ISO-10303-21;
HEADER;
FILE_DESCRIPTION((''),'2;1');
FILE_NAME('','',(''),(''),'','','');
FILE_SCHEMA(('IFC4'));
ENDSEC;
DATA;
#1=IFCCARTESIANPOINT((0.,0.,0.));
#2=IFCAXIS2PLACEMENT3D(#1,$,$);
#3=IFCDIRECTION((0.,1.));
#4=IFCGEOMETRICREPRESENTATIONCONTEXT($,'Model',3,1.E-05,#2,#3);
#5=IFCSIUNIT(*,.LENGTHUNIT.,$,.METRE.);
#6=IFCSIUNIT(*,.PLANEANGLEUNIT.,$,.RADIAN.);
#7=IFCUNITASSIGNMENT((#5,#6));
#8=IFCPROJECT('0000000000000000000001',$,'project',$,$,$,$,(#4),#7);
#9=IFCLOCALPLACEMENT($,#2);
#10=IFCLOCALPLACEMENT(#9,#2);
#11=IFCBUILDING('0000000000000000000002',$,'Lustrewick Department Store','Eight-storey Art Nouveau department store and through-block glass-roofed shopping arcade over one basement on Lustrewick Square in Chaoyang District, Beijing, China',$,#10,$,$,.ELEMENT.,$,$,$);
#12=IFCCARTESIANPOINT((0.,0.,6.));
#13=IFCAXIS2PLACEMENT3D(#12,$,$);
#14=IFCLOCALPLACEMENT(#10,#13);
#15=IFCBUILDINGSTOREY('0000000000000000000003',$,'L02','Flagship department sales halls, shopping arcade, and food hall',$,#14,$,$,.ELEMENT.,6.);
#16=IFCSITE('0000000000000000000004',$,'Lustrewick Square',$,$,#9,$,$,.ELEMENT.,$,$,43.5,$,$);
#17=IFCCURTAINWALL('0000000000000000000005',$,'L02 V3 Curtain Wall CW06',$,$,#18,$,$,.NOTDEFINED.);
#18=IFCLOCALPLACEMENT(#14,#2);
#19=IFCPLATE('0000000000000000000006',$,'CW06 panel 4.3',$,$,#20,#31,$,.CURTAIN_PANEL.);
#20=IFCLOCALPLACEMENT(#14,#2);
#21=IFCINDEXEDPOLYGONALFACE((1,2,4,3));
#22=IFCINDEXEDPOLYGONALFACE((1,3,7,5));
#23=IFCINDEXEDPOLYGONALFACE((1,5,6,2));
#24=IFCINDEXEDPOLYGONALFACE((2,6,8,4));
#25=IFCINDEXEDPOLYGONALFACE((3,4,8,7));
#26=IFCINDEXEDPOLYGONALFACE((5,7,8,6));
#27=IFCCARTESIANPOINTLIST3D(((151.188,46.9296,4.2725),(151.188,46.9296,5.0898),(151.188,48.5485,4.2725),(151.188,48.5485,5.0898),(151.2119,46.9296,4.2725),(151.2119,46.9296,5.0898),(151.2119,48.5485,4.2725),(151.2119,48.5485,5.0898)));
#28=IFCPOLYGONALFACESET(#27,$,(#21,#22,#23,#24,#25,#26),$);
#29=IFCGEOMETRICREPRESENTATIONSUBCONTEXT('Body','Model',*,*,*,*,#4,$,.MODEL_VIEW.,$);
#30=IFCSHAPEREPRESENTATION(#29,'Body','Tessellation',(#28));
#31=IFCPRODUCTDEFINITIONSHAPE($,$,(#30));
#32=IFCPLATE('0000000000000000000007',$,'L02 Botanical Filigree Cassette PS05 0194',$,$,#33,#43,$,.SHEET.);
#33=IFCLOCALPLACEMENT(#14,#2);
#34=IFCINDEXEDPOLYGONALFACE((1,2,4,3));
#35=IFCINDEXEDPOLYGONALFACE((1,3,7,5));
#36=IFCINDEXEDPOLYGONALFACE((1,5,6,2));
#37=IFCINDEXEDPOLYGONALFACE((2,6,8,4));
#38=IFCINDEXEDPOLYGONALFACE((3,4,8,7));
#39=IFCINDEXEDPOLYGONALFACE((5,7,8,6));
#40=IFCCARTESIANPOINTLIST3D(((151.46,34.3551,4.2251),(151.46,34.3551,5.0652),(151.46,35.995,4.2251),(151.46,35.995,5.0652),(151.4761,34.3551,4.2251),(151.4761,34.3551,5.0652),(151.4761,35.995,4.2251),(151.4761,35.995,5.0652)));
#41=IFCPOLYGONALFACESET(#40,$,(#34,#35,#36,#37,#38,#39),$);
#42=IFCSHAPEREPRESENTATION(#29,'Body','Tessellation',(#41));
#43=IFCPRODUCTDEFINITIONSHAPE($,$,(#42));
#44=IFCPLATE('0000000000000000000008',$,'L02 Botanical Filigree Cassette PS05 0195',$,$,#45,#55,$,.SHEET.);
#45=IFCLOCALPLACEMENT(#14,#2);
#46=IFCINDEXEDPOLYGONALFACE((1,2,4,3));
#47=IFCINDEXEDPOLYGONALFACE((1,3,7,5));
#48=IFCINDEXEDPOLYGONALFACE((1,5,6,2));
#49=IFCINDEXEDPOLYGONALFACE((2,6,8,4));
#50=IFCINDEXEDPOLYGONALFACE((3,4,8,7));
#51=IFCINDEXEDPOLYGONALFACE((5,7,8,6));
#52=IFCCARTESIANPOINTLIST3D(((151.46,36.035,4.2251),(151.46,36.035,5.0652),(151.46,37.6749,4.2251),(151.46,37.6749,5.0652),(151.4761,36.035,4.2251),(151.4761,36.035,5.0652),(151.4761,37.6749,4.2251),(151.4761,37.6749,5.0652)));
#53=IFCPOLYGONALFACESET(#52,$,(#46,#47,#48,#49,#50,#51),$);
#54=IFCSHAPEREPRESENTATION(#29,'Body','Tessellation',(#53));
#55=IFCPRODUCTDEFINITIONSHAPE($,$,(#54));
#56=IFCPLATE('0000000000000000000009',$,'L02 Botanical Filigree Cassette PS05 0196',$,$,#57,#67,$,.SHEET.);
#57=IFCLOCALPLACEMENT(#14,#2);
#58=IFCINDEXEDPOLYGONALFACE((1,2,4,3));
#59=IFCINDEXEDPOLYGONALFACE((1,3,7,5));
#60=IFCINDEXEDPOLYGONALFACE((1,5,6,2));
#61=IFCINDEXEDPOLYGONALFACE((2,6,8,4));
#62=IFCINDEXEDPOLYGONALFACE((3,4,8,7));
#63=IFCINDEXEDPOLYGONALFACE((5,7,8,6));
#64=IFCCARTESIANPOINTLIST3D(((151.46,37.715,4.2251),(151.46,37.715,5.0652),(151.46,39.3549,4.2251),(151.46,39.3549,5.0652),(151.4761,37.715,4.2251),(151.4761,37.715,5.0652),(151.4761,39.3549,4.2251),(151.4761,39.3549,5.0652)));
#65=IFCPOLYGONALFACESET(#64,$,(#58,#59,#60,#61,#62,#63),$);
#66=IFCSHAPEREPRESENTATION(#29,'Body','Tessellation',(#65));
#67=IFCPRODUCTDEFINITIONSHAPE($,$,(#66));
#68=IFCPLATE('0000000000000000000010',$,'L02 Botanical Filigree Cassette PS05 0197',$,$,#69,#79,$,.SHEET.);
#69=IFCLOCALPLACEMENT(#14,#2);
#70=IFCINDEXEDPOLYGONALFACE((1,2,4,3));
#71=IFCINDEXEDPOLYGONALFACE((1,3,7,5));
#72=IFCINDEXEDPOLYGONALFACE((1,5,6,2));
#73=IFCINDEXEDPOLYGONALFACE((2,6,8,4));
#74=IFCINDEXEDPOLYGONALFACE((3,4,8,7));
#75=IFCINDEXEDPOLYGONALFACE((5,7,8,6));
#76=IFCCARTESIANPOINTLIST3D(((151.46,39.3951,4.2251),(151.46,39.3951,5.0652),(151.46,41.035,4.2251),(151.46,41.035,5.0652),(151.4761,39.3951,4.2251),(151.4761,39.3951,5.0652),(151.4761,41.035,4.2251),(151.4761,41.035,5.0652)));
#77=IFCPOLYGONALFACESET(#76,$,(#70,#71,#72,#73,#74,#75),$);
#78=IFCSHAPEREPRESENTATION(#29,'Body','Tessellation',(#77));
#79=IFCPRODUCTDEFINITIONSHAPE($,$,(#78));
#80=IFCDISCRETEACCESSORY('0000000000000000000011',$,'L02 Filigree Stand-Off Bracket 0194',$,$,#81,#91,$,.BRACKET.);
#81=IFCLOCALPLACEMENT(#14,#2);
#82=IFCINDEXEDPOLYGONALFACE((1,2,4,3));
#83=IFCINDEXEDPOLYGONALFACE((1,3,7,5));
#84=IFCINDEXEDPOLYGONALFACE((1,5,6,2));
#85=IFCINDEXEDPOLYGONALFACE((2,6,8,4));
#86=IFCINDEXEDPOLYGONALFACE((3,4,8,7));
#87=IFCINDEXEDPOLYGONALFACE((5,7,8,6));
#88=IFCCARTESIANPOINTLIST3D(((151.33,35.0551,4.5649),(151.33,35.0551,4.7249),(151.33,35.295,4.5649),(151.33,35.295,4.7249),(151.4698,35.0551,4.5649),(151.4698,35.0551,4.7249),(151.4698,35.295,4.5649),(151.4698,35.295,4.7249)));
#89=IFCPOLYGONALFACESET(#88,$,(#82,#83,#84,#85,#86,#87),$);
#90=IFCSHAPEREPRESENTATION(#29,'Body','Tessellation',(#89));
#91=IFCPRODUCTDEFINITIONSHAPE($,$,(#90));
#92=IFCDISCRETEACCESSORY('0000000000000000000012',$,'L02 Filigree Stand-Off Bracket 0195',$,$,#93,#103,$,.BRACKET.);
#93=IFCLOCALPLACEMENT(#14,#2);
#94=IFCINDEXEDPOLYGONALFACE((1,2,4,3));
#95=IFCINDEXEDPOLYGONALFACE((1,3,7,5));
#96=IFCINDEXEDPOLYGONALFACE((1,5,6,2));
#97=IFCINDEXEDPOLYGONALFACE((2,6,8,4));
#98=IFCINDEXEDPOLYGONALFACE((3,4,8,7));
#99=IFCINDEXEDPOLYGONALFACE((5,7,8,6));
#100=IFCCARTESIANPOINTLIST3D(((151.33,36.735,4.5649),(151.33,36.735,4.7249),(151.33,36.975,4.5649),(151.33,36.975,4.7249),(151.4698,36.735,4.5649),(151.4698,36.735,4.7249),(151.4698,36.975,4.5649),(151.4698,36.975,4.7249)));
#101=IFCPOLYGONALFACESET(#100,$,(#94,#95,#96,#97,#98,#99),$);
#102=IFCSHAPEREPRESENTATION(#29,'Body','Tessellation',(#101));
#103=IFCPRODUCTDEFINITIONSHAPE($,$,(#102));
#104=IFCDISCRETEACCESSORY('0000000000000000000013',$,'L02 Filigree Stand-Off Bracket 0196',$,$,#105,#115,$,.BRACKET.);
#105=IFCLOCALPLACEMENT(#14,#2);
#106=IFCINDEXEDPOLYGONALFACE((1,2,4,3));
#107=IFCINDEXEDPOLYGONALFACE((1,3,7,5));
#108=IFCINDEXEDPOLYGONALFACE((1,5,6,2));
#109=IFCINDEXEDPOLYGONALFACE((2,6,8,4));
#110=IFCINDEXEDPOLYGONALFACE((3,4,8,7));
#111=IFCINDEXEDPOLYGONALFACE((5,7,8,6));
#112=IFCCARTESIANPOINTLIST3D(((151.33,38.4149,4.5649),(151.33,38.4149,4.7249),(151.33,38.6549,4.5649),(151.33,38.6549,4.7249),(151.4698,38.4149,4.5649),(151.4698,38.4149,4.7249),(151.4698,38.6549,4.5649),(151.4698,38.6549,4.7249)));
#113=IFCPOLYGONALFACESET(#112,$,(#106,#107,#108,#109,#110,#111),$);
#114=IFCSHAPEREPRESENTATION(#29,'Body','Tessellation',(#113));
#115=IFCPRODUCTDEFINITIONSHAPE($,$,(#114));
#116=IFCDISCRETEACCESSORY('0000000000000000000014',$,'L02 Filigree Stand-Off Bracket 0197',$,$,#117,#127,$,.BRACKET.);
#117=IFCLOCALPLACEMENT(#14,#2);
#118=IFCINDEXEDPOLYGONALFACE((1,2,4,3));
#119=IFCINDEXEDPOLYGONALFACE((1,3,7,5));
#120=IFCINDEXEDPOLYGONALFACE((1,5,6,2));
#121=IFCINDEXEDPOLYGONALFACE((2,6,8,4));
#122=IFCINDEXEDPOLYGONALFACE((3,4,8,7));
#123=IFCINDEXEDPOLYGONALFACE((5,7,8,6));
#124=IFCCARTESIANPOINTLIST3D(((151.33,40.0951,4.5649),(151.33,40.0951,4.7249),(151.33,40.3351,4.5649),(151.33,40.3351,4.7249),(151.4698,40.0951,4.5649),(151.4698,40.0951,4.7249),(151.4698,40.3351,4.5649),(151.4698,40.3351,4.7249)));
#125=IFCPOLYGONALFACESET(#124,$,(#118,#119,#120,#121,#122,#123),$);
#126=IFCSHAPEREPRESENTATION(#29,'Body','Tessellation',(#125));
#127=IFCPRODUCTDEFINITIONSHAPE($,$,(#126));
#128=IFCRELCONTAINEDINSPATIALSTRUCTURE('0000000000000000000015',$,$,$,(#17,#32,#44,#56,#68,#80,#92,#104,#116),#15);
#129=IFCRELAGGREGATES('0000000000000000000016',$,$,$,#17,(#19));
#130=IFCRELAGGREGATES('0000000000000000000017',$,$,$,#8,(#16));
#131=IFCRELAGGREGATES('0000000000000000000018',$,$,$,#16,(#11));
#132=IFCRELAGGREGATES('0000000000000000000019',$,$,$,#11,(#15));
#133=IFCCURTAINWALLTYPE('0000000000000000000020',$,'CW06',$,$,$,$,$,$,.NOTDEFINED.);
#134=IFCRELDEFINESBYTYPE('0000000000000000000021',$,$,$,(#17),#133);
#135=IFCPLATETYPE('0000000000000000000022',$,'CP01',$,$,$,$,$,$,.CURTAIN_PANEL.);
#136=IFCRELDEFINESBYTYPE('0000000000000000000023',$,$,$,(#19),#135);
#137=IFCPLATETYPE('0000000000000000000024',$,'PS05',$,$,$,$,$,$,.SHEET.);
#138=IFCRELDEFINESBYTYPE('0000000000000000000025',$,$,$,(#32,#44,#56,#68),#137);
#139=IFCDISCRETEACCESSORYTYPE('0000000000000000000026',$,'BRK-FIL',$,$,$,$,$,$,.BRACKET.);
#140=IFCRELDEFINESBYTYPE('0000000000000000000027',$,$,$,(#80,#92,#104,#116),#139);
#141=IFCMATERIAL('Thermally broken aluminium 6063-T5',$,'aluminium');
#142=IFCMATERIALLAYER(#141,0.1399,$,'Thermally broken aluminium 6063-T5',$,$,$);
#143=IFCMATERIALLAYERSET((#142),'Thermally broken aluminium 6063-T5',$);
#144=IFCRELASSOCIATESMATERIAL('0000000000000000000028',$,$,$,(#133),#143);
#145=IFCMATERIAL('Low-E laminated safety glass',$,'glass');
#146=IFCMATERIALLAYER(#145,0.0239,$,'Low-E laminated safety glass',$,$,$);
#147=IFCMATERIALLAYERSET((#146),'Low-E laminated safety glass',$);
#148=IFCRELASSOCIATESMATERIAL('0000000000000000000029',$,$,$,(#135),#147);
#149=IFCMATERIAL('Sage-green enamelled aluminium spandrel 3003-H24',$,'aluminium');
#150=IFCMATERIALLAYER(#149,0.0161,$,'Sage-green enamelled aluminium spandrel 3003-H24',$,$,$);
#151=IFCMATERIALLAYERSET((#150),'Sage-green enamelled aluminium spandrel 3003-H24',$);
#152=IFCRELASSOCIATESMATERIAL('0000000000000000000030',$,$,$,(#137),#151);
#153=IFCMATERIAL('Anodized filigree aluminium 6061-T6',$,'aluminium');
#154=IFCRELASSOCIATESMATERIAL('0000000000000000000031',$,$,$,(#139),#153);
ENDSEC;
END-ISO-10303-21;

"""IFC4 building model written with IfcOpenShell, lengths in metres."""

from ifc_helpers import new_model, si_unit, direction, frame, origin, origin_2d, place, context, subcontext, project, spatial, rectangle, extrude, material, layer, layer_set, type_object, element, aggregate, save


model = new_model("IFC4")

# Units and contexts
model_context = context("Model", 3, precision=1e-05, world=origin(), true_north=direction((0.0, 1.0)))
body_context = subcontext(model_context, "Body", "Model", "MODEL_VIEW")
ifc_project = project(units=[si_unit("LENGTHUNIT", "METRE"), si_unit("PLANEANGLEUNIT", "RADIAN")], contexts=[model_context])

# Site, building, storey
site_placement = place(None, origin())
site = spatial("IfcSite", under=ifc_project, at=site_placement, Name="Lustrewick Square", CompositionType="ELEMENT", RefElevation=43.5)
building_placement = place(site_placement, origin())
building = spatial("IfcBuilding", under=site, at=building_placement, Name="Lustrewick Department Store", Description="Eight-storey Art Nouveau department store and through-block glass-roofed shopping arcade over one basement on Lustrewick Square in Chaoyang District, Beijing, China", CompositionType="ELEMENT")
storey_placement = place(building_placement, frame((0.0, 0.0, 6.0)))
storey = spatial("IfcBuildingStorey", under=building, at=storey_placement, Name="L02", Description="Flagship department sales halls, shopping arcade, and food hall", CompositionType="ELEMENT", Elevation=6.0)

# Curtain wall, plate
ifc_material_1 = material(Name="Thermally broken aluminium 6063-T5", Category="aluminium")
ifc_layer_1 = layer(ifc_material_1, 0.1399, Name="Thermally broken aluminium 6063-T5")
ifc_layer_set_1 = layer_set([ifc_layer_1], Name="Thermally broken aluminium 6063-T5")
curtain_wall_type = type_object("IfcCurtainWallType", Name="CW06", PredefinedType="NOTDEFINED", material=ifc_layer_set_1)
curtain_wall_placement = place(storey_placement, origin())
curtain_wall = element("IfcCurtainWall", 1, at=curtain_wall_placement, inside=storey, type_object=curtain_wall_type, Name="L02 V3 Curtain Wall CW06", PredefinedType="NOTDEFINED")
ifc_material_2 = material(Name="Low-E laminated safety glass", Category="glass")
ifc_layer_2 = layer(ifc_material_2, 0.0239, Name="Low-E laminated safety glass")
ifc_layer_set_2 = layer_set([ifc_layer_2], Name="Low-E laminated safety glass")
plate_type_1 = type_object("IfcPlateType", Name="CP01", PredefinedType="CURTAIN_PANEL", material=ifc_layer_set_2)
plate_1_placement = place(storey_placement, frame((151.2, 47.739, 4.2725), z_axis=(0.0, 0.0, 1.0), x_axis=(0.0, 1.0, 0.0)))
plate_1 = element("IfcPlate", 2, at=plate_1_placement, type_object=plate_type_1, Name="CW06 panel 4.3", PredefinedType="CURTAIN_PANEL", context=body_context, shape_type="SweptSolid", body=[
    extrude(rectangle(XDim=1.6189, YDim=0.0239, at=origin_2d()), origin(), (0.0, 0.0, 1.0), 0.8174),
])
aggregate(curtain_wall, [plate_1])

# Plates
ifc_material_3 = material(Name="Sage-green enamelled aluminium spandrel 3003-H24", Category="aluminium")
ifc_layer_3 = layer(ifc_material_3, 0.0161, Name="Sage-green enamelled aluminium spandrel 3003-H24")
ifc_layer_set_3 = layer_set([ifc_layer_3], Name="Sage-green enamelled aluminium spandrel 3003-H24")
plate_type_2 = type_object("IfcPlateType", Name="PS05", PredefinedType="SHEET", material=ifc_layer_set_3)
for number, where, z_axis, x_axis, name in (
    (3, (151.468, 35.175, 4.2251), (0.0, 0.0, 1.0), (0.0, 1.0, 0.0), "L02 Botanical Filigree Cassette PS05 0194"),
    (4, (151.468, 36.855, 4.2251), (0.0, 0.0, 1.0), (0.0, 1.0, 0.0), "L02 Botanical Filigree Cassette PS05 0195"),
    (5, (151.468, 38.5349, 4.2251), (0.0, 0.0, 1.0), (0.0, 1.0, 0.0), "L02 Botanical Filigree Cassette PS05 0196"),
    (6, (151.468, 40.2151, 4.2251), (0.0, 0.0, 1.0), (0.0, 1.0, 0.0), "L02 Botanical Filigree Cassette PS05 0197"),
):
    element("IfcPlate", number, at=place(storey_placement, frame(where, z_axis=z_axis, x_axis=x_axis)), inside=storey, type_object=plate_type_2, Name=name, PredefinedType="SHEET", context=body_context, shape_type="SweptSolid", body=[
        extrude(rectangle(XDim=1.6399, YDim=0.0161, at=origin_2d()), origin(), (0.0, 0.0, 1.0), 0.8401),
    ])

# Discrete accessories
ifc_material_4 = material(Name="Anodized filigree aluminium 6061-T6", Category="aluminium")
discrete_accessory_type = type_object("IfcDiscreteAccessoryType", Name="BRK-FIL", PredefinedType="BRACKET", material=ifc_material_4)
for number, where, z_axis, x_axis, name in (
    (7, (151.3999, 35.175, 4.5649), (0.0, 0.0, 1.0), (0.0, 1.0, 0.0), "L02 Filigree Stand-Off Bracket 0194"),
    (8, (151.3999, 36.855, 4.5649), (0.0, 0.0, 1.0), (0.0, 1.0, 0.0), "L02 Filigree Stand-Off Bracket 0195"),
    (9, (151.3999, 38.5349, 4.5649), (0.0, 0.0, 1.0), (0.0, 1.0, 0.0), "L02 Filigree Stand-Off Bracket 0196"),
    (10, (151.3999, 40.2151, 4.5649), (0.0, 0.0, 1.0), (0.0, 1.0, 0.0), "L02 Filigree Stand-Off Bracket 0197"),
):
    element("IfcDiscreteAccessory", number, at=place(storey_placement, frame(where, z_axis=z_axis, x_axis=x_axis)), inside=storey, type_object=discrete_accessory_type, Name=name, PredefinedType="BRACKET", context=body_context, shape_type="SweptSolid", body=[
        extrude(rectangle(XDim=0.24, YDim=0.1399, at=origin_2d()), origin(), (0.0, 0.0, 1.0), 0.1599),
    ])

save(model, "model.ifc")
